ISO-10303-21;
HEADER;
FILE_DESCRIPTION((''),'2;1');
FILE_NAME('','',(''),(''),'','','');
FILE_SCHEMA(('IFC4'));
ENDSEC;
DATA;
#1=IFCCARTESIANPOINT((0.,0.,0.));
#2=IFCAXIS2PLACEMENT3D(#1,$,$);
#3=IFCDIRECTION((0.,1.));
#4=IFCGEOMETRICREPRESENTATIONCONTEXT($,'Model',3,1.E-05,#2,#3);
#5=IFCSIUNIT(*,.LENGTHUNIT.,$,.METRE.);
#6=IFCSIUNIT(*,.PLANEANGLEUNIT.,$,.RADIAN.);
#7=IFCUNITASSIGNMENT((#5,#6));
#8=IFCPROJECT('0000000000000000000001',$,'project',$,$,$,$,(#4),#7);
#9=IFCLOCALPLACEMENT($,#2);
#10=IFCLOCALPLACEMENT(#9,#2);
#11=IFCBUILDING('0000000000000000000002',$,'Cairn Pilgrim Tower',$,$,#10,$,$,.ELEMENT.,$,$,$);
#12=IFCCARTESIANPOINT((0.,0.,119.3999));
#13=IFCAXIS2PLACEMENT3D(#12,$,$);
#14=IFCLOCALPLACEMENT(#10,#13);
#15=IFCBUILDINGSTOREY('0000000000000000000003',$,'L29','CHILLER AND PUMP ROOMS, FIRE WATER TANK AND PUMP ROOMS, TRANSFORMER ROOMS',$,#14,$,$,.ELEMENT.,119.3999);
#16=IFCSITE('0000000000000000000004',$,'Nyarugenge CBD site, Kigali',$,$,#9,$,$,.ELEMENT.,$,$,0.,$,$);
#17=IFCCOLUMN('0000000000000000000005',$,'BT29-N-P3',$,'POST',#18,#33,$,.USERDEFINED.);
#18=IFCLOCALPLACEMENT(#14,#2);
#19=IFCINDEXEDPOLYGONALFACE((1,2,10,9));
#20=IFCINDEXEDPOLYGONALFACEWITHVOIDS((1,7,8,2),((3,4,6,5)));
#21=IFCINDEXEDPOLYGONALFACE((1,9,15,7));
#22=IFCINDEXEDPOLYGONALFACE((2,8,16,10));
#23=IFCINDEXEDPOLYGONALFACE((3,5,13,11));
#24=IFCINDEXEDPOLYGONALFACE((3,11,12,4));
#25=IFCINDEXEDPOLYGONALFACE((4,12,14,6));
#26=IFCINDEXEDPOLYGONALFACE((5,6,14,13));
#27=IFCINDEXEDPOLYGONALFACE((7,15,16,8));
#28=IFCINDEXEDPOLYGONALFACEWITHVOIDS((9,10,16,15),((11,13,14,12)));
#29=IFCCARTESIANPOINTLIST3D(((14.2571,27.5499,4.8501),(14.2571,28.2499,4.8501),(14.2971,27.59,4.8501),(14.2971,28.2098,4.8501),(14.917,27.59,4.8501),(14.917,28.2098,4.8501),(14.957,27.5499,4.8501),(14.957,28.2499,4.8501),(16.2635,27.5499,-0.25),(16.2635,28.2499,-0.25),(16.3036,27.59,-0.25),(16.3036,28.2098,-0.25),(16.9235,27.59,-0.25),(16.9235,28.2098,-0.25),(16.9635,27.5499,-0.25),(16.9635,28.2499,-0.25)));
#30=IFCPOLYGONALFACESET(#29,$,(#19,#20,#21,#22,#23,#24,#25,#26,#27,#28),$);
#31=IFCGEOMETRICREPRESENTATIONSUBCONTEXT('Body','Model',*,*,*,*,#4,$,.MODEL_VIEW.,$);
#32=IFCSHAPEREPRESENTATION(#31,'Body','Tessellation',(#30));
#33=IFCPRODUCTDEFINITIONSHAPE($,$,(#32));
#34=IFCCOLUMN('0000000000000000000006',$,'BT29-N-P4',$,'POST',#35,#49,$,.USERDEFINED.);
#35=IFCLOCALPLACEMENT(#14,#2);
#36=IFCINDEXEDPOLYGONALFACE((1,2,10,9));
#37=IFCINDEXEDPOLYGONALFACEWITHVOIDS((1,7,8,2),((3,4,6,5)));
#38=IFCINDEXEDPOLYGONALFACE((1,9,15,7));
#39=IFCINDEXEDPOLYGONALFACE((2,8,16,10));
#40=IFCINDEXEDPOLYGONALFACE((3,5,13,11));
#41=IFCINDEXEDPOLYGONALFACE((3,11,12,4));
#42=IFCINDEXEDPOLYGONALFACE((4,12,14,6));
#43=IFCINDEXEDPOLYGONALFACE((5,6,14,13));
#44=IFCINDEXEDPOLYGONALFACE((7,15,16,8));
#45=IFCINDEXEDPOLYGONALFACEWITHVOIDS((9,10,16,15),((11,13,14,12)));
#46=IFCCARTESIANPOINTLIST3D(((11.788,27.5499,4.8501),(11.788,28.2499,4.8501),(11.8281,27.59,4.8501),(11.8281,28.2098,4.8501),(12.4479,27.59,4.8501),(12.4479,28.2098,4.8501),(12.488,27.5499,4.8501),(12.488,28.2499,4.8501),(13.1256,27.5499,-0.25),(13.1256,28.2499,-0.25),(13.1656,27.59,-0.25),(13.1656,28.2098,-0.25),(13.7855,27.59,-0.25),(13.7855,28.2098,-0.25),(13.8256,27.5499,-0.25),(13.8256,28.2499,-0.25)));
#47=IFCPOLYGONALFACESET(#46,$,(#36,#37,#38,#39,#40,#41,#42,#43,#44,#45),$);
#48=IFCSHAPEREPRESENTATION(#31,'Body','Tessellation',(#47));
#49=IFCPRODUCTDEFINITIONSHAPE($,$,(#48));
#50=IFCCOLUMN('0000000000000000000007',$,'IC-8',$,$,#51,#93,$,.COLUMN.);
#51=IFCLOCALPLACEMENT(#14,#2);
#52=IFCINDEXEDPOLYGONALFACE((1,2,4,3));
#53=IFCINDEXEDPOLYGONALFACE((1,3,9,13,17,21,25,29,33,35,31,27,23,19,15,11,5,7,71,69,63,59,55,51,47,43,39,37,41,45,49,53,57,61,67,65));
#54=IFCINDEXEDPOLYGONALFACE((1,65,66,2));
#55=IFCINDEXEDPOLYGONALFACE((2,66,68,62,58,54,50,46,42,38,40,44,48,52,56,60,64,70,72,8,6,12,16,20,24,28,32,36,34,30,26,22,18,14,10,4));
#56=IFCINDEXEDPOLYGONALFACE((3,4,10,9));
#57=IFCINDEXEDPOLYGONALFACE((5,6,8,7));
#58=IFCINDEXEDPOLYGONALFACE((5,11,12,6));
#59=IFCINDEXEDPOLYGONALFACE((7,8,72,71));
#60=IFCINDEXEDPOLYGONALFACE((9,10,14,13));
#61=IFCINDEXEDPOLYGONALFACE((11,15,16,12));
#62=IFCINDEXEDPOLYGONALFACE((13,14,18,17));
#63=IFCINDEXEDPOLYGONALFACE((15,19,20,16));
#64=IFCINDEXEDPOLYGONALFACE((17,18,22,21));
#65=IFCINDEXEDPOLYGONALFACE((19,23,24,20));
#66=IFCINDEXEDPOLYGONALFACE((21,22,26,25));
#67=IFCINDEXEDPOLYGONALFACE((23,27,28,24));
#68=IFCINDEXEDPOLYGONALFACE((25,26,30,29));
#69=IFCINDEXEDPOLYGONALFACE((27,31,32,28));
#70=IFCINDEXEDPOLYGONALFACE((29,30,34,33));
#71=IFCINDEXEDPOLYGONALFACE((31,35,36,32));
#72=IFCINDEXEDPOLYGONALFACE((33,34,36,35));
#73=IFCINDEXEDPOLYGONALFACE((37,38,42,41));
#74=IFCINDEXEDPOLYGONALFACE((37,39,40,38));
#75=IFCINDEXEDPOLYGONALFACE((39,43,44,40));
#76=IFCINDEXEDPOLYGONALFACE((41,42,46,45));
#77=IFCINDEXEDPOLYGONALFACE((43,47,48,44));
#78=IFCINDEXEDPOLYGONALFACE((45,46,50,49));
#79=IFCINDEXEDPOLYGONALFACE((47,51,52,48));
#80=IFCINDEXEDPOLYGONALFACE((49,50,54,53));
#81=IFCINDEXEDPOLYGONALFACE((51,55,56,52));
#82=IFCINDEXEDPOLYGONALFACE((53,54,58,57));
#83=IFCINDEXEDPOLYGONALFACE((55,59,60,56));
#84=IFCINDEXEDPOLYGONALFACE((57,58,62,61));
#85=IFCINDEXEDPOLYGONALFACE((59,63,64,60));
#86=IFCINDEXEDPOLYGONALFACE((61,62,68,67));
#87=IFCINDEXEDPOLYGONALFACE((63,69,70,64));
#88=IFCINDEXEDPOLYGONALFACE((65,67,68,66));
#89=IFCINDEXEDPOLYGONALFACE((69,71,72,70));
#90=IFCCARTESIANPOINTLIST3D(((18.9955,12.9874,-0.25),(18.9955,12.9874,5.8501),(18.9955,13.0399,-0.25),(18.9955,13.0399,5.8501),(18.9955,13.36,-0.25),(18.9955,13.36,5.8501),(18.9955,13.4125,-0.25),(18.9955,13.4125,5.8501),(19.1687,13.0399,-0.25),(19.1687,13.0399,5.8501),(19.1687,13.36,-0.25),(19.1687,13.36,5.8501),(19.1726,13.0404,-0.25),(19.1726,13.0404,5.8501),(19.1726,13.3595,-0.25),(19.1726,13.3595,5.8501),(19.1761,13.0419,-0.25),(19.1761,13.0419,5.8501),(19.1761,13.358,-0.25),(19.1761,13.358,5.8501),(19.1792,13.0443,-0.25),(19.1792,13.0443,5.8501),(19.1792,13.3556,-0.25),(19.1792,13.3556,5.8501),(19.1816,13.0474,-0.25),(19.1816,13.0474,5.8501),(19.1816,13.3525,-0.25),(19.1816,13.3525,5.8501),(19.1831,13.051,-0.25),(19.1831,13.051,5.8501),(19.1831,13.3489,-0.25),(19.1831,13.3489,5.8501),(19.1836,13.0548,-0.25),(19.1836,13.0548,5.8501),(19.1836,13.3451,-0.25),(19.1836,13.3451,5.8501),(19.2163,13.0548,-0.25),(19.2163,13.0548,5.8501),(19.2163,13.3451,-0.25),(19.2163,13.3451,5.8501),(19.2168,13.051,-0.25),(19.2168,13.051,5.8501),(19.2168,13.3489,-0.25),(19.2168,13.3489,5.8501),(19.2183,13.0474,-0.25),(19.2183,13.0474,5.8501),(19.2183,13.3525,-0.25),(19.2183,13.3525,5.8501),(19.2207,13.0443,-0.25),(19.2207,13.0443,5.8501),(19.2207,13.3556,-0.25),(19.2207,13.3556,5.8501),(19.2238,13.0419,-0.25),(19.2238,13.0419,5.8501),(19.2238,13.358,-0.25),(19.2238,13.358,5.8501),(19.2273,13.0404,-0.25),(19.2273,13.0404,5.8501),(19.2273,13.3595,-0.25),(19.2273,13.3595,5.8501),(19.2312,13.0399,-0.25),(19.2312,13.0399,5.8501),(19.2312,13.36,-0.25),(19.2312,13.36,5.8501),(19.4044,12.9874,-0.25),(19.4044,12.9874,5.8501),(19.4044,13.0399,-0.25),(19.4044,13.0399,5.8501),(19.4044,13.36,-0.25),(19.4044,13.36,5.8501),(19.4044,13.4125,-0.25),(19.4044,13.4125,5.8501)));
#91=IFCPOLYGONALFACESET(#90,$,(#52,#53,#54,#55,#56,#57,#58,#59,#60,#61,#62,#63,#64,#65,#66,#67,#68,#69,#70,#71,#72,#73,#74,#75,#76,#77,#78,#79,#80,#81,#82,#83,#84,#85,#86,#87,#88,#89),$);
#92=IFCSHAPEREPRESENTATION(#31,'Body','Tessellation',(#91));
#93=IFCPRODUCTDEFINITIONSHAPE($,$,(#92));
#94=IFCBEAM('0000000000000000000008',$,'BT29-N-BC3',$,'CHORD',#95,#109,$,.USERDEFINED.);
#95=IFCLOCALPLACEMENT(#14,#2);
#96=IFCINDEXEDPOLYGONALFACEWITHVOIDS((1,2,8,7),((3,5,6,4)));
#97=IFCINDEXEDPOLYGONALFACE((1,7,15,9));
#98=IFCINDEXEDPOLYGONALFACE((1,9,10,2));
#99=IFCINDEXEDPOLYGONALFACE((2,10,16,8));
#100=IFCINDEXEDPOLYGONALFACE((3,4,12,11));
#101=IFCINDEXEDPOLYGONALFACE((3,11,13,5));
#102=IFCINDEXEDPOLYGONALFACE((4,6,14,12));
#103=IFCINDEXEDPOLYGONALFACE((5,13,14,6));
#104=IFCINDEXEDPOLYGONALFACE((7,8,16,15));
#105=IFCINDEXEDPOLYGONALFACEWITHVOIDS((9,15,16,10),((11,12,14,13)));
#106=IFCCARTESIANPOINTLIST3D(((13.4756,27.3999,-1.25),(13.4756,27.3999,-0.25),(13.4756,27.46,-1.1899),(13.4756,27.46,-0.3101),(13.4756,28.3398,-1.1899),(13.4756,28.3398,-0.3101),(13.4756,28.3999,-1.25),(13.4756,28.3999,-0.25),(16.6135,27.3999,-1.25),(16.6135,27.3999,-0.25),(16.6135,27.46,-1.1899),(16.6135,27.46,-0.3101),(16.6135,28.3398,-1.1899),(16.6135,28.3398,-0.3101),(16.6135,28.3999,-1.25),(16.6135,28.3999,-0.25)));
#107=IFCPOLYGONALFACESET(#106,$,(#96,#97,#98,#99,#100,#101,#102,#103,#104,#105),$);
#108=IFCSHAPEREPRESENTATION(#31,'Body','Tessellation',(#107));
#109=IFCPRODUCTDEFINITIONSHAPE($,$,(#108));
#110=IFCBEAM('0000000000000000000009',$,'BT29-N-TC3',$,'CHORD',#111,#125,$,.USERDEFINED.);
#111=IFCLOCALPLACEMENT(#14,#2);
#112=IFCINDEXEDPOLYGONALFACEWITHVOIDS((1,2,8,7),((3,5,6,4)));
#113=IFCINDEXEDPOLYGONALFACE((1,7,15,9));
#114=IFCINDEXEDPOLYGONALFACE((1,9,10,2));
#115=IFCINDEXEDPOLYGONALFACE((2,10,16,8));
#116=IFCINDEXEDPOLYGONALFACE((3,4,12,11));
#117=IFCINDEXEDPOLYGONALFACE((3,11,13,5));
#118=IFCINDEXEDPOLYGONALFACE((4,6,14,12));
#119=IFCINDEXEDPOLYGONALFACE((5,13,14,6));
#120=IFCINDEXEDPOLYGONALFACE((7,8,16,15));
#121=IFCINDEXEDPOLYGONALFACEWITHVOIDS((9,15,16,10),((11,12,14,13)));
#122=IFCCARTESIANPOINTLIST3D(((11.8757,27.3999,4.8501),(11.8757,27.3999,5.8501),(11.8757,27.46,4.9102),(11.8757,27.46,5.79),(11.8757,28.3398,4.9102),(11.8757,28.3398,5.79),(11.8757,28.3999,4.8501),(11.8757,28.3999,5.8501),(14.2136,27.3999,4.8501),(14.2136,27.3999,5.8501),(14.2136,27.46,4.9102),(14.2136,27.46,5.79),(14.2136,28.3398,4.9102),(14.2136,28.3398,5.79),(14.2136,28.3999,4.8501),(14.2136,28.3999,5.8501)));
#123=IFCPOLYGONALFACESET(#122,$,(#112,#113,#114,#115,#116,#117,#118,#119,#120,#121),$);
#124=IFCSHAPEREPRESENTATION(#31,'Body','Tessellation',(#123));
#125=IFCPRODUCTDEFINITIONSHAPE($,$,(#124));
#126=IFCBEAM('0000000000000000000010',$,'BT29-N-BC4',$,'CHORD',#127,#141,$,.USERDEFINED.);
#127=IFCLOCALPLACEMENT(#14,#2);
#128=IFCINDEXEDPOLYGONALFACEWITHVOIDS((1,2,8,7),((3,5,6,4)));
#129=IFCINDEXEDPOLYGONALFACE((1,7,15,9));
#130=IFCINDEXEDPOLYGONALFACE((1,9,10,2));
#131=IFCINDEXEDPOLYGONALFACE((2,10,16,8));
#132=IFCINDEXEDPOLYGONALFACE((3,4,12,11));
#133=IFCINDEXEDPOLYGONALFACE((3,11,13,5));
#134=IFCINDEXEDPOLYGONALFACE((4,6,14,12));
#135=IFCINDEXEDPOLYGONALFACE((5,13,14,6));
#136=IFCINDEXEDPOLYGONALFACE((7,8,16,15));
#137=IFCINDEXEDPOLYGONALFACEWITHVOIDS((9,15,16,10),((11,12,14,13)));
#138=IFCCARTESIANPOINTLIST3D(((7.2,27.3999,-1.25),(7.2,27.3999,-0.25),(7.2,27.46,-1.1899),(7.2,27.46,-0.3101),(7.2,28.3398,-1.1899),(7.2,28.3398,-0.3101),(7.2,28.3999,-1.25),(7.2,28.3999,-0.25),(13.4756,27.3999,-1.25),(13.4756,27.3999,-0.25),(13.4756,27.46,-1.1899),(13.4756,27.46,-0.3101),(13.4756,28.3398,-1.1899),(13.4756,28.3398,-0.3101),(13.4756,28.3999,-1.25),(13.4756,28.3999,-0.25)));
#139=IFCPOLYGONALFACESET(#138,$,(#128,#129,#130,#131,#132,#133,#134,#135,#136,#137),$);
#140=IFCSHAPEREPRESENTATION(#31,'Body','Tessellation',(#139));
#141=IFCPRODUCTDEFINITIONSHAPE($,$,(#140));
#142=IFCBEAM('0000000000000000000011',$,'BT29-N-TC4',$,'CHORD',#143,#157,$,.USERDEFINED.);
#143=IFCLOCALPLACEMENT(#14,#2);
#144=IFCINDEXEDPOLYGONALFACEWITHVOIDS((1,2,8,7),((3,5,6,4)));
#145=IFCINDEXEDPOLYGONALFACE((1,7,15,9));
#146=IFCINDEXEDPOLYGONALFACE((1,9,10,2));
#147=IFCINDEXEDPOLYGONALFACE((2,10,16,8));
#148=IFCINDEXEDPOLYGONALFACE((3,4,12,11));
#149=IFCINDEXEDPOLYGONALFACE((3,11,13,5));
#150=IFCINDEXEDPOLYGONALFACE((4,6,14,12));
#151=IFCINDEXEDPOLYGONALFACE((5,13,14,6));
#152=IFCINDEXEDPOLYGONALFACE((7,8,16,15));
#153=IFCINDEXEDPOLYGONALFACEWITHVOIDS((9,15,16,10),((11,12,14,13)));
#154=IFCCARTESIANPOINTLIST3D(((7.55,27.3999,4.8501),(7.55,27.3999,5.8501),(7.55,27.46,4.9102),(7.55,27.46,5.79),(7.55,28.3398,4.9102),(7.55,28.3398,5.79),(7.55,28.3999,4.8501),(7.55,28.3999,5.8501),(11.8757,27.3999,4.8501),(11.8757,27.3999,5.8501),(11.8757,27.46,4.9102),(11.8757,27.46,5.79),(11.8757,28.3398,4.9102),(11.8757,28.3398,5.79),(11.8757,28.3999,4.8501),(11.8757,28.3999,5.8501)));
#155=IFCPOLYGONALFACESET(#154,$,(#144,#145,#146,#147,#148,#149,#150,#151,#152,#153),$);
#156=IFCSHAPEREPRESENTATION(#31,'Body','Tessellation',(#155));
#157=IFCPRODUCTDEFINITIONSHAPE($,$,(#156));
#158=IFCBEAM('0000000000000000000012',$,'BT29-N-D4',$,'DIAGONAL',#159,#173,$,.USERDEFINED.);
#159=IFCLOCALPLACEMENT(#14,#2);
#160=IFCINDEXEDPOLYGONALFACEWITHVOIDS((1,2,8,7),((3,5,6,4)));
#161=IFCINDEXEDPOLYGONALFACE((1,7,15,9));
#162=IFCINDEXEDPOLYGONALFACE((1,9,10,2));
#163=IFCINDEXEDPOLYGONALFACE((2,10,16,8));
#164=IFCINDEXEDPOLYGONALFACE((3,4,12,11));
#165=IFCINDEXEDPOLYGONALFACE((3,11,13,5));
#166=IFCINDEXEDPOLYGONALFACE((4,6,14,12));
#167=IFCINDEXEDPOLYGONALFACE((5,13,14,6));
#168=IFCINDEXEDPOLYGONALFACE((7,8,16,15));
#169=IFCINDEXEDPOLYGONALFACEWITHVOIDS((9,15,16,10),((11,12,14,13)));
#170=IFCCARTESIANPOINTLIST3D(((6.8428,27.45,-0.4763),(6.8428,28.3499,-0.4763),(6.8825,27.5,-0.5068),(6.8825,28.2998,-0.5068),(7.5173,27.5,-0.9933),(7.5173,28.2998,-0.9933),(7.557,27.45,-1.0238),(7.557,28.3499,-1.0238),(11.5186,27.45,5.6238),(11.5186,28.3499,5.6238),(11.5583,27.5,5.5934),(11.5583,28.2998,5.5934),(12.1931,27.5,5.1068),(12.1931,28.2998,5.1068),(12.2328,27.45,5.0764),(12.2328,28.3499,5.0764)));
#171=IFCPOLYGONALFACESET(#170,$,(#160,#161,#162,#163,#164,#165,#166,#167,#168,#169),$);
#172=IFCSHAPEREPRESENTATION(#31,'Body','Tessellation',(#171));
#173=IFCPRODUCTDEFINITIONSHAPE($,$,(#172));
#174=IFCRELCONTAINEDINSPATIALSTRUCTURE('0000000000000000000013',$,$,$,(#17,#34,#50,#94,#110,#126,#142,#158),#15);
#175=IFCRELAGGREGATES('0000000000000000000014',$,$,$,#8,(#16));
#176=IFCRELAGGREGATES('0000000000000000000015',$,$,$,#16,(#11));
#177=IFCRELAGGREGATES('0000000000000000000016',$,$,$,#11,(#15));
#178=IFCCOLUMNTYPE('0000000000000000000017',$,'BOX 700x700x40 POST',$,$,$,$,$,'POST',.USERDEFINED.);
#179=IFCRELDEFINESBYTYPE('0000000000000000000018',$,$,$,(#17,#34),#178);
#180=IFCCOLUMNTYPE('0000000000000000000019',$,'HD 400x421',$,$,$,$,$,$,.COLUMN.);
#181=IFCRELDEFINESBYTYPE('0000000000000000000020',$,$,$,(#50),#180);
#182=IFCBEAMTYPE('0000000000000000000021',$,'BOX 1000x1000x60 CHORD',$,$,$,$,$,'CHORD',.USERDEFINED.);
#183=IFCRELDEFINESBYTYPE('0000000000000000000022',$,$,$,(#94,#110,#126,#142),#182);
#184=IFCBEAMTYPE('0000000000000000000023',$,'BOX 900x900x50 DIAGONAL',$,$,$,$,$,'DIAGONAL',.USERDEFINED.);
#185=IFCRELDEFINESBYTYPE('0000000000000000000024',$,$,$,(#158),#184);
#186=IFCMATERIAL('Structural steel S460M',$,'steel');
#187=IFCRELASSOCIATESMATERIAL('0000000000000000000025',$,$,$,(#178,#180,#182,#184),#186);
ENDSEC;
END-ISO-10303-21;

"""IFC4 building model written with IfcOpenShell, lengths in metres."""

from ifc_helpers import new_model, si_unit, direction, frame, origin, origin_2d, place, context, subcontext, project, spatial, hollow_rectangle, i_section, extrude, clip, halfspace, material, material_profile, profile_set, type_object, element, save


model = new_model("IFC4")

# Units and contexts
model_context = context("Model", 3, precision=1e-05, world=origin(), true_north=direction((0.0, 1.0)))
body_context = subcontext(model_context, "Body", "Model", "MODEL_VIEW")
ifc_project = project(units=[si_unit("LENGTHUNIT", "METRE"), si_unit("PLANEANGLEUNIT", "RADIAN")], contexts=[model_context])

# Site, building, storey
site_placement = place(None, origin())
site = spatial("IfcSite", under=ifc_project, at=site_placement, Name="Nyarugenge CBD site, Kigali", CompositionType="ELEMENT", RefElevation=0.0)
building_placement = place(site_placement, origin())
building = spatial("IfcBuilding", under=site, at=building_placement, Name="Cairn Pilgrim Tower", CompositionType="ELEMENT")
storey_placement = place(building_placement, frame((0.0, 0.0, 119.3999)))
storey = spatial("IfcBuildingStorey", under=building, at=storey_placement, Name="L29", Description="CHILLER AND PUMP ROOMS, FIRE WATER TANK AND PUMP ROOMS, TRANSFORMER ROOMS", CompositionType="ELEMENT", Elevation=119.3999)

# Columns
ifc_material_1 = material(Name="Structural steel S460M", Category="steel")
ifc_material_profile_1 = material_profile(ifc_material_1, hollow_rectangle(XDim=0.7, YDim=0.7, WallThickness=0.04, at=origin_2d()), Name="BOX 700x700x40")
ifc_profile_set_1 = profile_set([ifc_material_profile_1], Name="Structural steel S460M")
column_type_1 = type_object("IfcColumnType", Name="BOX 700x700x40 POST", ElementType="POST", PredefinedType="USERDEFINED", material=ifc_profile_set_1)
column_1_placement = place(storey_placement, frame((16.6135, 27.8999, -0.25), z_axis=(0.0, 0.0, 1.0), x_axis=(1.0, 0.0, 0.0)))
element("IfcColumn", 1, at=column_1_placement, inside=storey, type_object=column_type_1, Name="BT29-N-P3", ObjectType="POST", PredefinedType="USERDEFINED", context=body_context, shape_type="Clipping", body=[
    clip(extrude(hollow_rectangle(XDim=0.7, YDim=0.7, WallThickness=0.04, at=origin_2d()), origin(), (-0.366106, 0.0, 0.930573), 6.5552), halfspace(frame((0.0, 0.0, 5.1001), z_axis=(0.0, 0.0, 1.0), x_axis=(1.0, 0.0, 0.0)), False)),
])
column_2_placement = place(storey_placement, frame((13.4756, 27.8999, -0.25), z_axis=(0.0, 0.0, 1.0), x_axis=(1.0, 0.0, 0.0)))
element("IfcColumn", 2, at=column_2_placement, inside=storey, type_object=column_type_1, Name="BT29-N-P4", ObjectType="POST", PredefinedType="USERDEFINED", context=body_context, shape_type="Clipping", body=[
    clip(extrude(hollow_rectangle(XDim=0.7, YDim=0.7, WallThickness=0.04, at=origin_2d()), origin(), (-0.253687, 0.0, 0.967286), 6.3064), halfspace(frame((0.0, 0.0, 5.1001), z_axis=(0.0, 0.0, 1.0), x_axis=(1.0, 0.0, 0.0)), False)),
])
ifc_material_profile_2 = material_profile(ifc_material_1, i_section(OverallWidth=0.4089, OverallDepth=0.425, WebThickness=0.0327, FlangeThickness=0.0525, FilletRadius=0.0149, at=origin_2d()), Name="HD 400x421")
ifc_profile_set_2 = profile_set([ifc_material_profile_2], Name="Structural steel S460M")
column_type_2 = type_object("IfcColumnType", Name="HD 400x421", PredefinedType="COLUMN", material=ifc_profile_set_2)
column_3_placement = place(storey_placement, frame((19.2, 13.2, -0.25), z_axis=(0.0, 0.0, 1.0), x_axis=(1.0, 0.0, 0.0)))
element("IfcColumn", 3, at=column_3_placement, inside=storey, type_object=column_type_2, Name="IC-8", PredefinedType="COLUMN", context=body_context, shape_type="SweptSolid", body=[
    extrude(i_section(OverallWidth=0.4089, OverallDepth=0.425, WebThickness=0.0327, FlangeThickness=0.0525, FilletRadius=0.0149, at=origin_2d()), origin(), (0.0, 0.0, 1.0), 6.1001),
])

# Beams
ifc_material_profile_3 = material_profile(ifc_material_1, hollow_rectangle(XDim=1.0, YDim=1.0, WallThickness=0.0601, at=origin_2d()), Name="BOX 1000x1000x60")
ifc_profile_set_3 = profile_set([ifc_material_profile_3], Name="Structural steel S460M")
beam_type_1 = type_object("IfcBeamType", Name="BOX 1000x1000x60 CHORD", ElementType="CHORD", PredefinedType="USERDEFINED", material=ifc_profile_set_3)
beam_1_placement = place(storey_placement, frame((16.6135, 27.8999, -0.75), z_axis=(-1.0, 0.0, 0.0), x_axis=(0.0, -1.0, 0.0)))
element("IfcBeam", 4, at=beam_1_placement, inside=storey, type_object=beam_type_1, Name="BT29-N-BC3", ObjectType="CHORD", PredefinedType="USERDEFINED", context=body_context, shape_type="SweptSolid", body=[
    extrude(hollow_rectangle(XDim=1.0, YDim=1.0, WallThickness=0.0601, at=origin_2d()), origin(), (0.0, 0.0, 1.0), 3.1379),
])
beam_2_placement = place(storey_placement, frame((14.2136, 27.8999, 5.3501), z_axis=(-1.0, 0.0, 0.0), x_axis=(0.0, -1.0, 0.0)))
element("IfcBeam", 5, at=beam_2_placement, inside=storey, type_object=beam_type_1, Name="BT29-N-TC3", ObjectType="CHORD", PredefinedType="USERDEFINED", context=body_context, shape_type="SweptSolid", body=[
    extrude(hollow_rectangle(XDim=1.0, YDim=1.0, WallThickness=0.0601, at=origin_2d()), origin(), (0.0, 0.0, 1.0), 2.3379),
])
beam_3_placement = place(storey_placement, frame((13.4756, 27.8999, -0.75), z_axis=(-1.0, 0.0, 0.0), x_axis=(0.0, -1.0, 0.0)))
element("IfcBeam", 6, at=beam_3_placement, inside=storey, type_object=beam_type_1, Name="BT29-N-BC4", ObjectType="CHORD", PredefinedType="USERDEFINED", context=body_context, shape_type="SweptSolid", body=[
    extrude(hollow_rectangle(XDim=1.0, YDim=1.0, WallThickness=0.0601, at=origin_2d()), origin(), (0.0, 0.0, 1.0), 6.2756),
])
beam_4_placement = place(storey_placement, frame((11.8757, 27.8999, 5.3501), z_axis=(-1.0, 0.0, 0.0), x_axis=(0.0, -1.0, 0.0)))
element("IfcBeam", 7, at=beam_4_placement, inside=storey, type_object=beam_type_1, Name="BT29-N-TC4", ObjectType="CHORD", PredefinedType="USERDEFINED", context=body_context, shape_type="SweptSolid", body=[
    extrude(hollow_rectangle(XDim=1.0, YDim=1.0, WallThickness=0.0601, at=origin_2d()), origin(), (0.0, 0.0, 1.0), 4.3257),
])
ifc_material_profile_4 = material_profile(ifc_material_1, hollow_rectangle(XDim=0.8999, YDim=0.8999, WallThickness=0.05, at=origin_2d()), Name="BOX 900x900x50")
ifc_profile_set_4 = profile_set([ifc_material_profile_4], Name="Structural steel S460M")
beam_type_2 = type_object("IfcBeamType", Name="BOX 900x900x50 DIAGONAL", ElementType="DIAGONAL", PredefinedType="USERDEFINED", material=ifc_profile_set_4)
beam_5_placement = place(storey_placement, frame((11.8757, 27.8999, 5.3501), z_axis=(-0.608353, 0.0, -0.793667), x_axis=(0.0, -1.0, 0.0)))
element("IfcBeam", 8, at=beam_5_placement, inside=storey, type_object=beam_type_2, Name="BT29-N-D4", ObjectType="DIAGONAL", PredefinedType="USERDEFINED", context=body_context, shape_type="SweptSolid", body=[
    extrude(hollow_rectangle(XDim=0.8999, YDim=0.8999, WallThickness=0.05, at=origin_2d()), origin(), (0.0, 0.0, 1.0), 7.686),
])

save(model, "model.ifc")
